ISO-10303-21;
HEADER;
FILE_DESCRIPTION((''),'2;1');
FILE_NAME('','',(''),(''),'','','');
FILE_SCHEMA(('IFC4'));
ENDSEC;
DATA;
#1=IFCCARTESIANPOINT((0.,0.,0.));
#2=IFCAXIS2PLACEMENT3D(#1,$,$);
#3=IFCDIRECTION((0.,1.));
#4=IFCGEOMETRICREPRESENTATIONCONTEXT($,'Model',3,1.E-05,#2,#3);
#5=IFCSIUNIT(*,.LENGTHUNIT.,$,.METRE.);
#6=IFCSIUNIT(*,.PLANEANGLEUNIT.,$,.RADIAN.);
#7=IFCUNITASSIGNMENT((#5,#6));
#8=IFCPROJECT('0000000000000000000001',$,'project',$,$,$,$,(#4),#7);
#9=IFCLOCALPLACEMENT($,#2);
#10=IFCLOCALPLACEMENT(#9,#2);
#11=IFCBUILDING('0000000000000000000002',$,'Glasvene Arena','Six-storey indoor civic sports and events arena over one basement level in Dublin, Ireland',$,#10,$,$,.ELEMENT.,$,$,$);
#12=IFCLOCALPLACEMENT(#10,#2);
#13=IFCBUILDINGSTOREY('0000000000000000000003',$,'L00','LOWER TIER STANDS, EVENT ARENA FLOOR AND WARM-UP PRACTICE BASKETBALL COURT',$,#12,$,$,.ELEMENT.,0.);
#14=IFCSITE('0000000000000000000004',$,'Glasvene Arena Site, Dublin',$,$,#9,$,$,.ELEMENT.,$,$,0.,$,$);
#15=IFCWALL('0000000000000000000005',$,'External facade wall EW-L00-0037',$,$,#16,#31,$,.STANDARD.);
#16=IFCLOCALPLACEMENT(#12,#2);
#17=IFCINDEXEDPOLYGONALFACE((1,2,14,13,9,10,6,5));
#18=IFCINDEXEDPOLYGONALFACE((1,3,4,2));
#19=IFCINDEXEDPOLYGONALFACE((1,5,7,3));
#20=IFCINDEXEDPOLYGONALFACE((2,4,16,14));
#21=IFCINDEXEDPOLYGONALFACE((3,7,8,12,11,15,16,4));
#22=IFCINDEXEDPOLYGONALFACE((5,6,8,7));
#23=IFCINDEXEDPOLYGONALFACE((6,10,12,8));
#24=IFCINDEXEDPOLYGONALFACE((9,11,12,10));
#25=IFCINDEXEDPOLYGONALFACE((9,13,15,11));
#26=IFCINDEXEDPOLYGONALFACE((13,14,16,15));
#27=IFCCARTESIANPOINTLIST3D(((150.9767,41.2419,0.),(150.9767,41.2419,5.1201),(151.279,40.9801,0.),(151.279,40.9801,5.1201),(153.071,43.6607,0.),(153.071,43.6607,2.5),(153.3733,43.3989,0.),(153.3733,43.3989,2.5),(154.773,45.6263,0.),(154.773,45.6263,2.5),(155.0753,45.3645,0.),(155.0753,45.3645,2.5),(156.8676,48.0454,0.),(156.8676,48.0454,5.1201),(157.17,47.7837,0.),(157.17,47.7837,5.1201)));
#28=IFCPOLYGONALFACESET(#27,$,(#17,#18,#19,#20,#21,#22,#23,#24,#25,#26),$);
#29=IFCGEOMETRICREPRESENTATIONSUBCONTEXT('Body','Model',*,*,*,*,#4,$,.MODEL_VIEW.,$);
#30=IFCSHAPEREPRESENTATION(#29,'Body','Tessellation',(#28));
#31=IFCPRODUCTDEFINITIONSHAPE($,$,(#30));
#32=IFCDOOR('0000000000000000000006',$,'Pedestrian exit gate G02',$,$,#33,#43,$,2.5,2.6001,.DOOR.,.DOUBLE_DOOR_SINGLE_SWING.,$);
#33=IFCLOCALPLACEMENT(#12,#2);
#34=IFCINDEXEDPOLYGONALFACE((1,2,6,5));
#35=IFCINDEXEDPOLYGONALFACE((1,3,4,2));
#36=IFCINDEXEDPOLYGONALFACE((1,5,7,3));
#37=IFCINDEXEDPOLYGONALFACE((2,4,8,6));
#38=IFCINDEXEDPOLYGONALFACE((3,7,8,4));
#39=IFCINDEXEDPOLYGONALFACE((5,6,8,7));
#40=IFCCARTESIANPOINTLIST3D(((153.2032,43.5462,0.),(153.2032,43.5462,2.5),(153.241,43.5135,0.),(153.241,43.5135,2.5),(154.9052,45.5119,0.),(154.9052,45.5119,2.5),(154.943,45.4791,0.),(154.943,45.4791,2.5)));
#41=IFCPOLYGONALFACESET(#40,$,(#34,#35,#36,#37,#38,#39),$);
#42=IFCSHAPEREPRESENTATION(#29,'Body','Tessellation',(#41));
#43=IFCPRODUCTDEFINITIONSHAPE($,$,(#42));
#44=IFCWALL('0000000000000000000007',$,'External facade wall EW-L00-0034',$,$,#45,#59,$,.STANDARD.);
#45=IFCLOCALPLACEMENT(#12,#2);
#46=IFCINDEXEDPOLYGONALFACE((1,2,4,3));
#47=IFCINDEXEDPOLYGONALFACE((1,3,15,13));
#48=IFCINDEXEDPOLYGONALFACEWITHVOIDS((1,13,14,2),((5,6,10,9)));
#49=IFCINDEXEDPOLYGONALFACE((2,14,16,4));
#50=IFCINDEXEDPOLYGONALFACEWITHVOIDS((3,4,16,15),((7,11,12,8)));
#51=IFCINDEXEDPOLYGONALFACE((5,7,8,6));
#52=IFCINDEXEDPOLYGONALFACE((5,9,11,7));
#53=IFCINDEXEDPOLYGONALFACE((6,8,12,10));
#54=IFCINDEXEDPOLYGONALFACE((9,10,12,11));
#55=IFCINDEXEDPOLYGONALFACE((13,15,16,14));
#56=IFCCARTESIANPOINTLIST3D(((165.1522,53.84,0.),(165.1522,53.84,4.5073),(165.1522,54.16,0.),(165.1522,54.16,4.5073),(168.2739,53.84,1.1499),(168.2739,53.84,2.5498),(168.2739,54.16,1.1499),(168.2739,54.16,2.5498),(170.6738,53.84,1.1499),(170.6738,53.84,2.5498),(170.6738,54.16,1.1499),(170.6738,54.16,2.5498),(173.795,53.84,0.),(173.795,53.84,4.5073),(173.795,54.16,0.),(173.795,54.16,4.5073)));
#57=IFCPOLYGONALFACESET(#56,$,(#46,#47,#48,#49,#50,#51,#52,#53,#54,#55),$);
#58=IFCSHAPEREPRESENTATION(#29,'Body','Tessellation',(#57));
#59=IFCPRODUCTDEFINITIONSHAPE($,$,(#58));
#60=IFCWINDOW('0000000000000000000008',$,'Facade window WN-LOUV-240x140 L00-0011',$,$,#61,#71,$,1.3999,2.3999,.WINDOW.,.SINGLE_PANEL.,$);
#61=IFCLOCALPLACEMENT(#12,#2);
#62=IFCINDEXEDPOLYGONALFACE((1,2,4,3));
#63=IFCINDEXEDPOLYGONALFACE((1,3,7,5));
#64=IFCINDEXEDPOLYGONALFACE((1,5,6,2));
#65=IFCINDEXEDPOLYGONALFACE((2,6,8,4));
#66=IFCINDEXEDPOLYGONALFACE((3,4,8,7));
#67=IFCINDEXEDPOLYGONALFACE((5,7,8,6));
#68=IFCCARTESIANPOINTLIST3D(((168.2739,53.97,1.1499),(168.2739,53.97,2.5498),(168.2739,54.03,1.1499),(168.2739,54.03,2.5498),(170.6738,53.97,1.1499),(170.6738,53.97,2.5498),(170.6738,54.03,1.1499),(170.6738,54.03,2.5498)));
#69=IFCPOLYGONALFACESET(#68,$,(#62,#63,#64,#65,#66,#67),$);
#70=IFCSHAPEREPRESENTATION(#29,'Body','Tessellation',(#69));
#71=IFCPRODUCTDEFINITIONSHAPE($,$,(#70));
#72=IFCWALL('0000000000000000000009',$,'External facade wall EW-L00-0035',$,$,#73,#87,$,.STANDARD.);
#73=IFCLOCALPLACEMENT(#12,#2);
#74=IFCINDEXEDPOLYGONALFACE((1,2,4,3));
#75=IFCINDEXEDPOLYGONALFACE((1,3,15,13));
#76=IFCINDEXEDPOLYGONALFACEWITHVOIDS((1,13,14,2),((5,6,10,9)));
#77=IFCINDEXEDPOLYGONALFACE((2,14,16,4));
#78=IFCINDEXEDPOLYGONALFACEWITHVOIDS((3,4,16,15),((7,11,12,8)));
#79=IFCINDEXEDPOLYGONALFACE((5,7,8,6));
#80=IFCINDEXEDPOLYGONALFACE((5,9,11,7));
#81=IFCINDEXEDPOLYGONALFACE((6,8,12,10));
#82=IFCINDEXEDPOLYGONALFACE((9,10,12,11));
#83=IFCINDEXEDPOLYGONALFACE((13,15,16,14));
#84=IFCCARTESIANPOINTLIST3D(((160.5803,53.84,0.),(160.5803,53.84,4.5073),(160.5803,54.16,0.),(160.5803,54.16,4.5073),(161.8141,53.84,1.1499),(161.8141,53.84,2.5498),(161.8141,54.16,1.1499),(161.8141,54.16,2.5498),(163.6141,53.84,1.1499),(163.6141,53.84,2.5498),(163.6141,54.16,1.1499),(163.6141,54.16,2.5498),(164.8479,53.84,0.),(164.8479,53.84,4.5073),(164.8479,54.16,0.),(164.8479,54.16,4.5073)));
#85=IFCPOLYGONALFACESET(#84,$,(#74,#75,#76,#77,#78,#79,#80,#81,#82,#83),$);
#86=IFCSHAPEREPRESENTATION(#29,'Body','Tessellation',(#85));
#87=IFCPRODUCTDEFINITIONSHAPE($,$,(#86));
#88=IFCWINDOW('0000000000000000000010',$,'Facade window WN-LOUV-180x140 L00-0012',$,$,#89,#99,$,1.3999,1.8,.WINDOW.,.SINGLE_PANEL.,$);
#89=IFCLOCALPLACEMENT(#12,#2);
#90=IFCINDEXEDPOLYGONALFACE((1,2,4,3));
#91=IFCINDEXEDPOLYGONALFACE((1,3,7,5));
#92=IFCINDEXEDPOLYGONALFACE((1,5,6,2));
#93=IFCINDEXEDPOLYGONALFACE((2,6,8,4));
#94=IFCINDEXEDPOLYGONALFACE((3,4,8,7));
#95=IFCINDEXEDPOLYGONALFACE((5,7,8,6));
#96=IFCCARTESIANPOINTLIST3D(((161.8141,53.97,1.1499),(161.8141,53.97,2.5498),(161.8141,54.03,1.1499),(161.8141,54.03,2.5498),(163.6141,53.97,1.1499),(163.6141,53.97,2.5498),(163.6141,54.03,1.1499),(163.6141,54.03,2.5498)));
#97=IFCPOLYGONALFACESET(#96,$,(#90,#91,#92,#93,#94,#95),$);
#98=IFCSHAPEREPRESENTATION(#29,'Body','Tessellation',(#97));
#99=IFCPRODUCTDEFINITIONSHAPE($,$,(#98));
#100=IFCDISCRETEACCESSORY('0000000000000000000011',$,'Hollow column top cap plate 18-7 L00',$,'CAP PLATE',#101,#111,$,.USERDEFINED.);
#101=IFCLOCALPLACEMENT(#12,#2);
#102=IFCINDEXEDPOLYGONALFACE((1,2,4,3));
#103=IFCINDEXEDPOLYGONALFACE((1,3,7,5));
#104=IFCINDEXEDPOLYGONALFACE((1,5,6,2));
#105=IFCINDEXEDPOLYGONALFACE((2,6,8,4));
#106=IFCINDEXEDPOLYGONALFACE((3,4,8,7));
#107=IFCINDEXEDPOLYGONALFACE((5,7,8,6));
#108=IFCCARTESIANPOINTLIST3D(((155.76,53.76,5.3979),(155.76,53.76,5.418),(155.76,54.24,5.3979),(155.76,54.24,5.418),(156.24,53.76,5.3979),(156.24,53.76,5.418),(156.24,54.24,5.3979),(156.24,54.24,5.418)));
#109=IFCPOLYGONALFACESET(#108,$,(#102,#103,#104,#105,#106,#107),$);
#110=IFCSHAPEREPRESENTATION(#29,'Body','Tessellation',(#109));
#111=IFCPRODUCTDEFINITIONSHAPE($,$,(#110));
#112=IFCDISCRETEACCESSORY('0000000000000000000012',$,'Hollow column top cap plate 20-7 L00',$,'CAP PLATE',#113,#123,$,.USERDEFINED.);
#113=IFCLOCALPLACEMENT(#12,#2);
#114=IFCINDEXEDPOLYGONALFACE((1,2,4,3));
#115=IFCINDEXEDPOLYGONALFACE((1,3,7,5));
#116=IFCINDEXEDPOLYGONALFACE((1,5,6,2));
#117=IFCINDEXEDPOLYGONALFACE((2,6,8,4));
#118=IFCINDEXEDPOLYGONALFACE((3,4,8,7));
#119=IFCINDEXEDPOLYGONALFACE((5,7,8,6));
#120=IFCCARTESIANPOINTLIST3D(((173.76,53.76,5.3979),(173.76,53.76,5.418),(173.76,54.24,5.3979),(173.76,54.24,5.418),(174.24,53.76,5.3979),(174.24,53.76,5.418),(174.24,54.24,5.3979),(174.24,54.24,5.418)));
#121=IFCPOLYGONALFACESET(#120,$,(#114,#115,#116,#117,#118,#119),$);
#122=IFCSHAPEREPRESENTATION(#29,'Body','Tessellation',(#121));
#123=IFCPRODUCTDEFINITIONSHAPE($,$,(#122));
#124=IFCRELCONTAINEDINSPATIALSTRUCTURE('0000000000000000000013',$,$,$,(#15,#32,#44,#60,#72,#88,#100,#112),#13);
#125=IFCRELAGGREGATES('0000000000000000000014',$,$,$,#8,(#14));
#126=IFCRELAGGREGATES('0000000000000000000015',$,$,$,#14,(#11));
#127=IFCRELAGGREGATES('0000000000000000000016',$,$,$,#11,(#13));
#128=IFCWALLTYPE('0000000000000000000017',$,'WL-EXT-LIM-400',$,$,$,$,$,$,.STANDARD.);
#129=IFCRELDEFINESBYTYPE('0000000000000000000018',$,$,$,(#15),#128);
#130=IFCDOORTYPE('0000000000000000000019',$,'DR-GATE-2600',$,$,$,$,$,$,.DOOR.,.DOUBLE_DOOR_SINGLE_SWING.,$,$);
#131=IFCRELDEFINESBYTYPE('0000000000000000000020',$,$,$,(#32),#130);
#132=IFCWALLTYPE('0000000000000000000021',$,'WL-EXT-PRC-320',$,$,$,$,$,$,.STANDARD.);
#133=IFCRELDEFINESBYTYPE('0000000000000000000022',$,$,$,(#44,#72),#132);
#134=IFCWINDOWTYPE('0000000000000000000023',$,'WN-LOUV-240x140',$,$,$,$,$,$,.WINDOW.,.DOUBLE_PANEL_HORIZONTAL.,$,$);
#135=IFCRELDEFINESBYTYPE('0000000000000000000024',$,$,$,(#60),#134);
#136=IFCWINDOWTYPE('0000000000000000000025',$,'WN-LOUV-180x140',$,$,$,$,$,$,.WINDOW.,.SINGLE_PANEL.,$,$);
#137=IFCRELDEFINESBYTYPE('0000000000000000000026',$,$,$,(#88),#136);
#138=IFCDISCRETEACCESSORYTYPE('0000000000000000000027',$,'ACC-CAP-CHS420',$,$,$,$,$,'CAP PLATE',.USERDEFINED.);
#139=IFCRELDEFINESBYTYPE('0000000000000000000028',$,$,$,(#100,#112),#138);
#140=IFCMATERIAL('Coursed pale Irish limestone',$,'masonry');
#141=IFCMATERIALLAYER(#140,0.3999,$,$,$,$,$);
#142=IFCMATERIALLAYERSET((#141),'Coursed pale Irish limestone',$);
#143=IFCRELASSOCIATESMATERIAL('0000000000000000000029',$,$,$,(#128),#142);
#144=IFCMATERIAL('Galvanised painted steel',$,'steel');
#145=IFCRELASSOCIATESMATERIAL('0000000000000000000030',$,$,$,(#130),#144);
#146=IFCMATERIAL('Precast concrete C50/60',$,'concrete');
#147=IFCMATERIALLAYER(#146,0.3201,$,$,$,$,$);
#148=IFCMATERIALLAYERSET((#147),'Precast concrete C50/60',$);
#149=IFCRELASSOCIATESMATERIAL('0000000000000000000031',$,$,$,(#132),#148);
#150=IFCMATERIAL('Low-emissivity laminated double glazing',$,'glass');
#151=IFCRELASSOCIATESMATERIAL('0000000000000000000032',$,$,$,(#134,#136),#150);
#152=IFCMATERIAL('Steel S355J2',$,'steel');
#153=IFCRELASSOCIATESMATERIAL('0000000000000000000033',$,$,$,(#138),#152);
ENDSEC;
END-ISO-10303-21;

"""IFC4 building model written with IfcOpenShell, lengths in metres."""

from ifc_helpers import new_model, si_unit, direction, frame, frame_2d, origin, origin_2d, place, context, subcontext, project, spatial, rectangle, extrude, material, layer, layer_set, type_object, element, fill, save


model = new_model("IFC4")

# Units and contexts
model_context = context("Model", 3, precision=1e-05, world=origin(), true_north=direction((0.0, 1.0)))
body_context = subcontext(model_context, "Body", "Model", "MODEL_VIEW")
ifc_project = project(units=[si_unit("LENGTHUNIT", "METRE"), si_unit("PLANEANGLEUNIT", "RADIAN")], contexts=[model_context])

# Site, building, storey
site_placement = place(None, origin())
site = spatial("IfcSite", under=ifc_project, at=site_placement, Name="Glasvene Arena Site, Dublin", CompositionType="ELEMENT", RefElevation=0.0)
building_placement = place(site_placement, origin())
building = spatial("IfcBuilding", under=site, at=building_placement, Name="Glasvene Arena", Description="Six-storey indoor civic sports and events arena over one basement level in Dublin, Ireland", CompositionType="ELEMENT")
storey_placement = place(building_placement, origin())
storey = spatial("IfcBuildingStorey", under=building, at=storey_placement, Name="L00", Description="LOWER TIER STANDS, EVENT ARENA FLOOR AND WARM-UP PRACTICE BASKETBALL COURT", CompositionType="ELEMENT", Elevation=0.0)

# Shared definitions
ifc_material_1 = material(Name="Steel S355J2", Category="steel")

# Wall, opening, door
ifc_material_2 = material(Name="Coursed pale Irish limestone", Category="masonry")
ifc_layer_1 = layer(ifc_material_2, 0.3999)
ifc_layer_set_1 = layer_set([ifc_layer_1], Name="Coursed pale Irish limestone")
wall_type_1 = type_object("IfcWallType", Name="WL-EXT-LIM-400", PredefinedType="STANDARD", material=ifc_layer_set_1)
ifc_material_3 = material(Name="Galvanised painted steel", Category="steel")
door_type = type_object("IfcDoorType", Name="DR-GATE-2600", OperationType="DOUBLE_DOOR_SINGLE_SWING", PredefinedType="DOOR", material=ifc_material_3)
wall_1_placement = place(storey_placement, frame((157.0188, 47.9146, 0.0), z_axis=(0.0, 0.0, 1.0), x_axis=(-0.654583, -0.75599, 0.0)))
wall_1 = element("IfcWall", 1, at=wall_1_placement, inside=storey, type_object=wall_type_1, Name="External facade wall EW-L00-0037", PredefinedType="STANDARD", context=body_context, shape_type="SweptSolid", body=[
    extrude(rectangle(XDim=8.9995, YDim=0.3999, at=frame_2d((4.4998, 0.0))), origin(), (0.0, 0.0, 1.0), 5.1201),
])
opening_1_placement = place(wall_1_placement, frame((3.2, 0.0, 0.0)))
opening_1 = element("IfcOpeningElement", 2, at=opening_1_placement, cuts=wall_1, PredefinedType="OPENING", context=body_context, shape_type="SweptSolid", body=[
    extrude(rectangle(XDim=2.6001, YDim=2.5, at=frame_2d((1.3, 1.25))), frame((0.0, 0.21, 0.0), z_axis=(0.0, -1.0, 0.0), x_axis=(1.0, 0.0, 0.0)), (0.0, 0.0, 1.0), 0.4199),
])
door_1_placement = place(opening_1_placement, origin())
door_1 = element("IfcDoor", 3, at=door_1_placement, inside=storey, type_object=door_type, Name="Pedestrian exit gate G02", OperationType="DOUBLE_DOOR_SINGLE_SWING", OverallHeight=2.5, OverallWidth=2.6001, PredefinedType="DOOR", context=body_context, shape_type="SweptSolid", body=[
    extrude(rectangle(XDim=2.6001, YDim=2.5, at=frame_2d((1.3, 1.25))), frame((0.0, 0.0249, 0.0), z_axis=(0.0, -1.0, 0.0), x_axis=(1.0, 0.0, 0.0)), (0.0, 0.0, 1.0), 0.05),
])
fill(opening_1, door_1)

# Walls, openings, windows
ifc_material_4 = material(Name="Precast concrete C50/60", Category="concrete")
ifc_layer_2 = layer(ifc_material_4, 0.3201)
ifc_layer_set_2 = layer_set([ifc_layer_2], Name="Precast concrete C50/60")
wall_type_2 = type_object("IfcWallType", Name="WL-EXT-PRC-320", PredefinedType="STANDARD", material=ifc_layer_set_2)
wall_2_placement = place(storey_placement, frame((173.7949, 54.0, 0.0), z_axis=(0.0, 0.0, 1.0), x_axis=(-1.0, 0.0, 0.0)))
wall_2 = element("IfcWall", 4, at=wall_2_placement, inside=storey, type_object=wall_type_2, Name="External facade wall EW-L00-0034", PredefinedType="STANDARD", context=body_context, shape_type="SweptSolid", body=[
    extrude(rectangle(XDim=8.6428, YDim=0.3201, at=frame_2d((4.3213, 0.0))), origin(), (0.0, 0.0, 1.0), 4.5073),
])
opening_2_placement = place(wall_2_placement, frame((3.1211, 0.0, 1.1499)))
opening_2 = element("IfcOpeningElement", 5, at=opening_2_placement, cuts=wall_2, PredefinedType="OPENING", context=body_context, shape_type="SweptSolid", body=[
    extrude(rectangle(XDim=2.3999, YDim=1.3999, at=frame_2d((1.2, 0.7))), frame((0.0, 0.1699, 0.0), z_axis=(0.0, -1.0, 0.0), x_axis=(1.0, 0.0, 0.0)), (0.0, 0.0, 1.0), 0.3401),
])
ifc_material_5 = material(Name="Low-emissivity laminated double glazing", Category="glass")
window_type_1 = type_object("IfcWindowType", Name="WN-LOUV-240x140", PartitioningType="DOUBLE_PANEL_HORIZONTAL", PredefinedType="WINDOW", material=ifc_material_5)
window_1_placement = place(opening_2_placement, origin())
window_1 = element("IfcWindow", 6, at=window_1_placement, inside=storey, type_object=window_type_1, Name="Facade window WN-LOUV-240x140 L00-0011", OverallHeight=1.3999, OverallWidth=2.3999, PartitioningType="SINGLE_PANEL", PredefinedType="WINDOW", context=body_context, shape_type="SweptSolid", body=[
    extrude(rectangle(XDim=2.3999, YDim=1.3999, at=frame_2d((1.2, 0.7))), frame((0.0, 0.03, 0.0), z_axis=(0.0, -1.0, 0.0), x_axis=(1.0, 0.0, 0.0)), (0.0, 0.0, 1.0), 0.0601),
])
fill(opening_2, window_1)
wall_3_placement = place(storey_placement, frame((164.8479, 54.0, 0.0), z_axis=(0.0, 0.0, 1.0), x_axis=(-1.0, 0.0, 0.0)))
wall_3 = element("IfcWall", 7, at=wall_3_placement, inside=storey, type_object=wall_type_2, Name="External facade wall EW-L00-0035", PredefinedType="STANDARD", context=body_context, shape_type="SweptSolid", body=[
    extrude(rectangle(XDim=4.2676, YDim=0.3201, at=frame_2d((2.1338, 0.0))), origin(), (0.0, 0.0, 1.0), 4.5073),
])
opening_3_placement = place(wall_3_placement, frame((1.2339, 0.0, 1.1499)))
opening_3 = element("IfcOpeningElement", 8, at=opening_3_placement, cuts=wall_3, PredefinedType="OPENING", context=body_context, shape_type="SweptSolid", body=[
    extrude(rectangle(XDim=1.8, YDim=1.3999, at=frame_2d((0.8999, 0.7))), frame((0.0, 0.1699, 0.0), z_axis=(0.0, -1.0, 0.0), x_axis=(1.0, 0.0, 0.0)), (0.0, 0.0, 1.0), 0.3401),
])
window_type_2 = type_object("IfcWindowType", Name="WN-LOUV-180x140", PartitioningType="SINGLE_PANEL", PredefinedType="WINDOW", material=ifc_material_5)
window_2_placement = place(opening_3_placement, origin())
window_2 = element("IfcWindow", 9, at=window_2_placement, inside=storey, type_object=window_type_2, Name="Facade window WN-LOUV-180x140 L00-0012", OverallHeight=1.3999, OverallWidth=1.8, PartitioningType="SINGLE_PANEL", PredefinedType="WINDOW", context=body_context, shape_type="SweptSolid", body=[
    extrude(rectangle(XDim=1.8, YDim=1.3999, at=frame_2d((0.8999, 0.7))), frame((0.0, 0.03, 0.0), z_axis=(0.0, -1.0, 0.0), x_axis=(1.0, 0.0, 0.0)), (0.0, 0.0, 1.0), 0.0601),
])
fill(opening_3, window_2)

# Discrete accessories
discrete_accessory_type = type_object("IfcDiscreteAccessoryType", Name="ACC-CAP-CHS420", ElementType="CAP PLATE", PredefinedType="USERDEFINED", material=ifc_material_1)
for number, where, z_axis, x_axis, name in (
    (10, (156.0, 54.0, 5.3979), (0.0, 0.0, 1.0), (1.0, 0.0, 0.0), "Hollow column top cap plate 18-7 L00"),
    (11, (174.0, 54.0, 5.3979), (0.0, 0.0, 1.0), (1.0, 0.0, 0.0), "Hollow column top cap plate 20-7 L00"),
):
    element("IfcDiscreteAccessory", number, at=place(storey_placement, frame(where, z_axis=z_axis, x_axis=x_axis)), inside=storey, type_object=discrete_accessory_type, Name=name, ObjectType="CAP PLATE", PredefinedType="USERDEFINED", context=body_context, shape_type="SweptSolid", body=[
        extrude(rectangle(XDim=0.48, YDim=0.48, at=origin_2d()), origin(), (0.0, 0.0, 1.0), 0.02),
    ])

save(model, "model.ifc")
